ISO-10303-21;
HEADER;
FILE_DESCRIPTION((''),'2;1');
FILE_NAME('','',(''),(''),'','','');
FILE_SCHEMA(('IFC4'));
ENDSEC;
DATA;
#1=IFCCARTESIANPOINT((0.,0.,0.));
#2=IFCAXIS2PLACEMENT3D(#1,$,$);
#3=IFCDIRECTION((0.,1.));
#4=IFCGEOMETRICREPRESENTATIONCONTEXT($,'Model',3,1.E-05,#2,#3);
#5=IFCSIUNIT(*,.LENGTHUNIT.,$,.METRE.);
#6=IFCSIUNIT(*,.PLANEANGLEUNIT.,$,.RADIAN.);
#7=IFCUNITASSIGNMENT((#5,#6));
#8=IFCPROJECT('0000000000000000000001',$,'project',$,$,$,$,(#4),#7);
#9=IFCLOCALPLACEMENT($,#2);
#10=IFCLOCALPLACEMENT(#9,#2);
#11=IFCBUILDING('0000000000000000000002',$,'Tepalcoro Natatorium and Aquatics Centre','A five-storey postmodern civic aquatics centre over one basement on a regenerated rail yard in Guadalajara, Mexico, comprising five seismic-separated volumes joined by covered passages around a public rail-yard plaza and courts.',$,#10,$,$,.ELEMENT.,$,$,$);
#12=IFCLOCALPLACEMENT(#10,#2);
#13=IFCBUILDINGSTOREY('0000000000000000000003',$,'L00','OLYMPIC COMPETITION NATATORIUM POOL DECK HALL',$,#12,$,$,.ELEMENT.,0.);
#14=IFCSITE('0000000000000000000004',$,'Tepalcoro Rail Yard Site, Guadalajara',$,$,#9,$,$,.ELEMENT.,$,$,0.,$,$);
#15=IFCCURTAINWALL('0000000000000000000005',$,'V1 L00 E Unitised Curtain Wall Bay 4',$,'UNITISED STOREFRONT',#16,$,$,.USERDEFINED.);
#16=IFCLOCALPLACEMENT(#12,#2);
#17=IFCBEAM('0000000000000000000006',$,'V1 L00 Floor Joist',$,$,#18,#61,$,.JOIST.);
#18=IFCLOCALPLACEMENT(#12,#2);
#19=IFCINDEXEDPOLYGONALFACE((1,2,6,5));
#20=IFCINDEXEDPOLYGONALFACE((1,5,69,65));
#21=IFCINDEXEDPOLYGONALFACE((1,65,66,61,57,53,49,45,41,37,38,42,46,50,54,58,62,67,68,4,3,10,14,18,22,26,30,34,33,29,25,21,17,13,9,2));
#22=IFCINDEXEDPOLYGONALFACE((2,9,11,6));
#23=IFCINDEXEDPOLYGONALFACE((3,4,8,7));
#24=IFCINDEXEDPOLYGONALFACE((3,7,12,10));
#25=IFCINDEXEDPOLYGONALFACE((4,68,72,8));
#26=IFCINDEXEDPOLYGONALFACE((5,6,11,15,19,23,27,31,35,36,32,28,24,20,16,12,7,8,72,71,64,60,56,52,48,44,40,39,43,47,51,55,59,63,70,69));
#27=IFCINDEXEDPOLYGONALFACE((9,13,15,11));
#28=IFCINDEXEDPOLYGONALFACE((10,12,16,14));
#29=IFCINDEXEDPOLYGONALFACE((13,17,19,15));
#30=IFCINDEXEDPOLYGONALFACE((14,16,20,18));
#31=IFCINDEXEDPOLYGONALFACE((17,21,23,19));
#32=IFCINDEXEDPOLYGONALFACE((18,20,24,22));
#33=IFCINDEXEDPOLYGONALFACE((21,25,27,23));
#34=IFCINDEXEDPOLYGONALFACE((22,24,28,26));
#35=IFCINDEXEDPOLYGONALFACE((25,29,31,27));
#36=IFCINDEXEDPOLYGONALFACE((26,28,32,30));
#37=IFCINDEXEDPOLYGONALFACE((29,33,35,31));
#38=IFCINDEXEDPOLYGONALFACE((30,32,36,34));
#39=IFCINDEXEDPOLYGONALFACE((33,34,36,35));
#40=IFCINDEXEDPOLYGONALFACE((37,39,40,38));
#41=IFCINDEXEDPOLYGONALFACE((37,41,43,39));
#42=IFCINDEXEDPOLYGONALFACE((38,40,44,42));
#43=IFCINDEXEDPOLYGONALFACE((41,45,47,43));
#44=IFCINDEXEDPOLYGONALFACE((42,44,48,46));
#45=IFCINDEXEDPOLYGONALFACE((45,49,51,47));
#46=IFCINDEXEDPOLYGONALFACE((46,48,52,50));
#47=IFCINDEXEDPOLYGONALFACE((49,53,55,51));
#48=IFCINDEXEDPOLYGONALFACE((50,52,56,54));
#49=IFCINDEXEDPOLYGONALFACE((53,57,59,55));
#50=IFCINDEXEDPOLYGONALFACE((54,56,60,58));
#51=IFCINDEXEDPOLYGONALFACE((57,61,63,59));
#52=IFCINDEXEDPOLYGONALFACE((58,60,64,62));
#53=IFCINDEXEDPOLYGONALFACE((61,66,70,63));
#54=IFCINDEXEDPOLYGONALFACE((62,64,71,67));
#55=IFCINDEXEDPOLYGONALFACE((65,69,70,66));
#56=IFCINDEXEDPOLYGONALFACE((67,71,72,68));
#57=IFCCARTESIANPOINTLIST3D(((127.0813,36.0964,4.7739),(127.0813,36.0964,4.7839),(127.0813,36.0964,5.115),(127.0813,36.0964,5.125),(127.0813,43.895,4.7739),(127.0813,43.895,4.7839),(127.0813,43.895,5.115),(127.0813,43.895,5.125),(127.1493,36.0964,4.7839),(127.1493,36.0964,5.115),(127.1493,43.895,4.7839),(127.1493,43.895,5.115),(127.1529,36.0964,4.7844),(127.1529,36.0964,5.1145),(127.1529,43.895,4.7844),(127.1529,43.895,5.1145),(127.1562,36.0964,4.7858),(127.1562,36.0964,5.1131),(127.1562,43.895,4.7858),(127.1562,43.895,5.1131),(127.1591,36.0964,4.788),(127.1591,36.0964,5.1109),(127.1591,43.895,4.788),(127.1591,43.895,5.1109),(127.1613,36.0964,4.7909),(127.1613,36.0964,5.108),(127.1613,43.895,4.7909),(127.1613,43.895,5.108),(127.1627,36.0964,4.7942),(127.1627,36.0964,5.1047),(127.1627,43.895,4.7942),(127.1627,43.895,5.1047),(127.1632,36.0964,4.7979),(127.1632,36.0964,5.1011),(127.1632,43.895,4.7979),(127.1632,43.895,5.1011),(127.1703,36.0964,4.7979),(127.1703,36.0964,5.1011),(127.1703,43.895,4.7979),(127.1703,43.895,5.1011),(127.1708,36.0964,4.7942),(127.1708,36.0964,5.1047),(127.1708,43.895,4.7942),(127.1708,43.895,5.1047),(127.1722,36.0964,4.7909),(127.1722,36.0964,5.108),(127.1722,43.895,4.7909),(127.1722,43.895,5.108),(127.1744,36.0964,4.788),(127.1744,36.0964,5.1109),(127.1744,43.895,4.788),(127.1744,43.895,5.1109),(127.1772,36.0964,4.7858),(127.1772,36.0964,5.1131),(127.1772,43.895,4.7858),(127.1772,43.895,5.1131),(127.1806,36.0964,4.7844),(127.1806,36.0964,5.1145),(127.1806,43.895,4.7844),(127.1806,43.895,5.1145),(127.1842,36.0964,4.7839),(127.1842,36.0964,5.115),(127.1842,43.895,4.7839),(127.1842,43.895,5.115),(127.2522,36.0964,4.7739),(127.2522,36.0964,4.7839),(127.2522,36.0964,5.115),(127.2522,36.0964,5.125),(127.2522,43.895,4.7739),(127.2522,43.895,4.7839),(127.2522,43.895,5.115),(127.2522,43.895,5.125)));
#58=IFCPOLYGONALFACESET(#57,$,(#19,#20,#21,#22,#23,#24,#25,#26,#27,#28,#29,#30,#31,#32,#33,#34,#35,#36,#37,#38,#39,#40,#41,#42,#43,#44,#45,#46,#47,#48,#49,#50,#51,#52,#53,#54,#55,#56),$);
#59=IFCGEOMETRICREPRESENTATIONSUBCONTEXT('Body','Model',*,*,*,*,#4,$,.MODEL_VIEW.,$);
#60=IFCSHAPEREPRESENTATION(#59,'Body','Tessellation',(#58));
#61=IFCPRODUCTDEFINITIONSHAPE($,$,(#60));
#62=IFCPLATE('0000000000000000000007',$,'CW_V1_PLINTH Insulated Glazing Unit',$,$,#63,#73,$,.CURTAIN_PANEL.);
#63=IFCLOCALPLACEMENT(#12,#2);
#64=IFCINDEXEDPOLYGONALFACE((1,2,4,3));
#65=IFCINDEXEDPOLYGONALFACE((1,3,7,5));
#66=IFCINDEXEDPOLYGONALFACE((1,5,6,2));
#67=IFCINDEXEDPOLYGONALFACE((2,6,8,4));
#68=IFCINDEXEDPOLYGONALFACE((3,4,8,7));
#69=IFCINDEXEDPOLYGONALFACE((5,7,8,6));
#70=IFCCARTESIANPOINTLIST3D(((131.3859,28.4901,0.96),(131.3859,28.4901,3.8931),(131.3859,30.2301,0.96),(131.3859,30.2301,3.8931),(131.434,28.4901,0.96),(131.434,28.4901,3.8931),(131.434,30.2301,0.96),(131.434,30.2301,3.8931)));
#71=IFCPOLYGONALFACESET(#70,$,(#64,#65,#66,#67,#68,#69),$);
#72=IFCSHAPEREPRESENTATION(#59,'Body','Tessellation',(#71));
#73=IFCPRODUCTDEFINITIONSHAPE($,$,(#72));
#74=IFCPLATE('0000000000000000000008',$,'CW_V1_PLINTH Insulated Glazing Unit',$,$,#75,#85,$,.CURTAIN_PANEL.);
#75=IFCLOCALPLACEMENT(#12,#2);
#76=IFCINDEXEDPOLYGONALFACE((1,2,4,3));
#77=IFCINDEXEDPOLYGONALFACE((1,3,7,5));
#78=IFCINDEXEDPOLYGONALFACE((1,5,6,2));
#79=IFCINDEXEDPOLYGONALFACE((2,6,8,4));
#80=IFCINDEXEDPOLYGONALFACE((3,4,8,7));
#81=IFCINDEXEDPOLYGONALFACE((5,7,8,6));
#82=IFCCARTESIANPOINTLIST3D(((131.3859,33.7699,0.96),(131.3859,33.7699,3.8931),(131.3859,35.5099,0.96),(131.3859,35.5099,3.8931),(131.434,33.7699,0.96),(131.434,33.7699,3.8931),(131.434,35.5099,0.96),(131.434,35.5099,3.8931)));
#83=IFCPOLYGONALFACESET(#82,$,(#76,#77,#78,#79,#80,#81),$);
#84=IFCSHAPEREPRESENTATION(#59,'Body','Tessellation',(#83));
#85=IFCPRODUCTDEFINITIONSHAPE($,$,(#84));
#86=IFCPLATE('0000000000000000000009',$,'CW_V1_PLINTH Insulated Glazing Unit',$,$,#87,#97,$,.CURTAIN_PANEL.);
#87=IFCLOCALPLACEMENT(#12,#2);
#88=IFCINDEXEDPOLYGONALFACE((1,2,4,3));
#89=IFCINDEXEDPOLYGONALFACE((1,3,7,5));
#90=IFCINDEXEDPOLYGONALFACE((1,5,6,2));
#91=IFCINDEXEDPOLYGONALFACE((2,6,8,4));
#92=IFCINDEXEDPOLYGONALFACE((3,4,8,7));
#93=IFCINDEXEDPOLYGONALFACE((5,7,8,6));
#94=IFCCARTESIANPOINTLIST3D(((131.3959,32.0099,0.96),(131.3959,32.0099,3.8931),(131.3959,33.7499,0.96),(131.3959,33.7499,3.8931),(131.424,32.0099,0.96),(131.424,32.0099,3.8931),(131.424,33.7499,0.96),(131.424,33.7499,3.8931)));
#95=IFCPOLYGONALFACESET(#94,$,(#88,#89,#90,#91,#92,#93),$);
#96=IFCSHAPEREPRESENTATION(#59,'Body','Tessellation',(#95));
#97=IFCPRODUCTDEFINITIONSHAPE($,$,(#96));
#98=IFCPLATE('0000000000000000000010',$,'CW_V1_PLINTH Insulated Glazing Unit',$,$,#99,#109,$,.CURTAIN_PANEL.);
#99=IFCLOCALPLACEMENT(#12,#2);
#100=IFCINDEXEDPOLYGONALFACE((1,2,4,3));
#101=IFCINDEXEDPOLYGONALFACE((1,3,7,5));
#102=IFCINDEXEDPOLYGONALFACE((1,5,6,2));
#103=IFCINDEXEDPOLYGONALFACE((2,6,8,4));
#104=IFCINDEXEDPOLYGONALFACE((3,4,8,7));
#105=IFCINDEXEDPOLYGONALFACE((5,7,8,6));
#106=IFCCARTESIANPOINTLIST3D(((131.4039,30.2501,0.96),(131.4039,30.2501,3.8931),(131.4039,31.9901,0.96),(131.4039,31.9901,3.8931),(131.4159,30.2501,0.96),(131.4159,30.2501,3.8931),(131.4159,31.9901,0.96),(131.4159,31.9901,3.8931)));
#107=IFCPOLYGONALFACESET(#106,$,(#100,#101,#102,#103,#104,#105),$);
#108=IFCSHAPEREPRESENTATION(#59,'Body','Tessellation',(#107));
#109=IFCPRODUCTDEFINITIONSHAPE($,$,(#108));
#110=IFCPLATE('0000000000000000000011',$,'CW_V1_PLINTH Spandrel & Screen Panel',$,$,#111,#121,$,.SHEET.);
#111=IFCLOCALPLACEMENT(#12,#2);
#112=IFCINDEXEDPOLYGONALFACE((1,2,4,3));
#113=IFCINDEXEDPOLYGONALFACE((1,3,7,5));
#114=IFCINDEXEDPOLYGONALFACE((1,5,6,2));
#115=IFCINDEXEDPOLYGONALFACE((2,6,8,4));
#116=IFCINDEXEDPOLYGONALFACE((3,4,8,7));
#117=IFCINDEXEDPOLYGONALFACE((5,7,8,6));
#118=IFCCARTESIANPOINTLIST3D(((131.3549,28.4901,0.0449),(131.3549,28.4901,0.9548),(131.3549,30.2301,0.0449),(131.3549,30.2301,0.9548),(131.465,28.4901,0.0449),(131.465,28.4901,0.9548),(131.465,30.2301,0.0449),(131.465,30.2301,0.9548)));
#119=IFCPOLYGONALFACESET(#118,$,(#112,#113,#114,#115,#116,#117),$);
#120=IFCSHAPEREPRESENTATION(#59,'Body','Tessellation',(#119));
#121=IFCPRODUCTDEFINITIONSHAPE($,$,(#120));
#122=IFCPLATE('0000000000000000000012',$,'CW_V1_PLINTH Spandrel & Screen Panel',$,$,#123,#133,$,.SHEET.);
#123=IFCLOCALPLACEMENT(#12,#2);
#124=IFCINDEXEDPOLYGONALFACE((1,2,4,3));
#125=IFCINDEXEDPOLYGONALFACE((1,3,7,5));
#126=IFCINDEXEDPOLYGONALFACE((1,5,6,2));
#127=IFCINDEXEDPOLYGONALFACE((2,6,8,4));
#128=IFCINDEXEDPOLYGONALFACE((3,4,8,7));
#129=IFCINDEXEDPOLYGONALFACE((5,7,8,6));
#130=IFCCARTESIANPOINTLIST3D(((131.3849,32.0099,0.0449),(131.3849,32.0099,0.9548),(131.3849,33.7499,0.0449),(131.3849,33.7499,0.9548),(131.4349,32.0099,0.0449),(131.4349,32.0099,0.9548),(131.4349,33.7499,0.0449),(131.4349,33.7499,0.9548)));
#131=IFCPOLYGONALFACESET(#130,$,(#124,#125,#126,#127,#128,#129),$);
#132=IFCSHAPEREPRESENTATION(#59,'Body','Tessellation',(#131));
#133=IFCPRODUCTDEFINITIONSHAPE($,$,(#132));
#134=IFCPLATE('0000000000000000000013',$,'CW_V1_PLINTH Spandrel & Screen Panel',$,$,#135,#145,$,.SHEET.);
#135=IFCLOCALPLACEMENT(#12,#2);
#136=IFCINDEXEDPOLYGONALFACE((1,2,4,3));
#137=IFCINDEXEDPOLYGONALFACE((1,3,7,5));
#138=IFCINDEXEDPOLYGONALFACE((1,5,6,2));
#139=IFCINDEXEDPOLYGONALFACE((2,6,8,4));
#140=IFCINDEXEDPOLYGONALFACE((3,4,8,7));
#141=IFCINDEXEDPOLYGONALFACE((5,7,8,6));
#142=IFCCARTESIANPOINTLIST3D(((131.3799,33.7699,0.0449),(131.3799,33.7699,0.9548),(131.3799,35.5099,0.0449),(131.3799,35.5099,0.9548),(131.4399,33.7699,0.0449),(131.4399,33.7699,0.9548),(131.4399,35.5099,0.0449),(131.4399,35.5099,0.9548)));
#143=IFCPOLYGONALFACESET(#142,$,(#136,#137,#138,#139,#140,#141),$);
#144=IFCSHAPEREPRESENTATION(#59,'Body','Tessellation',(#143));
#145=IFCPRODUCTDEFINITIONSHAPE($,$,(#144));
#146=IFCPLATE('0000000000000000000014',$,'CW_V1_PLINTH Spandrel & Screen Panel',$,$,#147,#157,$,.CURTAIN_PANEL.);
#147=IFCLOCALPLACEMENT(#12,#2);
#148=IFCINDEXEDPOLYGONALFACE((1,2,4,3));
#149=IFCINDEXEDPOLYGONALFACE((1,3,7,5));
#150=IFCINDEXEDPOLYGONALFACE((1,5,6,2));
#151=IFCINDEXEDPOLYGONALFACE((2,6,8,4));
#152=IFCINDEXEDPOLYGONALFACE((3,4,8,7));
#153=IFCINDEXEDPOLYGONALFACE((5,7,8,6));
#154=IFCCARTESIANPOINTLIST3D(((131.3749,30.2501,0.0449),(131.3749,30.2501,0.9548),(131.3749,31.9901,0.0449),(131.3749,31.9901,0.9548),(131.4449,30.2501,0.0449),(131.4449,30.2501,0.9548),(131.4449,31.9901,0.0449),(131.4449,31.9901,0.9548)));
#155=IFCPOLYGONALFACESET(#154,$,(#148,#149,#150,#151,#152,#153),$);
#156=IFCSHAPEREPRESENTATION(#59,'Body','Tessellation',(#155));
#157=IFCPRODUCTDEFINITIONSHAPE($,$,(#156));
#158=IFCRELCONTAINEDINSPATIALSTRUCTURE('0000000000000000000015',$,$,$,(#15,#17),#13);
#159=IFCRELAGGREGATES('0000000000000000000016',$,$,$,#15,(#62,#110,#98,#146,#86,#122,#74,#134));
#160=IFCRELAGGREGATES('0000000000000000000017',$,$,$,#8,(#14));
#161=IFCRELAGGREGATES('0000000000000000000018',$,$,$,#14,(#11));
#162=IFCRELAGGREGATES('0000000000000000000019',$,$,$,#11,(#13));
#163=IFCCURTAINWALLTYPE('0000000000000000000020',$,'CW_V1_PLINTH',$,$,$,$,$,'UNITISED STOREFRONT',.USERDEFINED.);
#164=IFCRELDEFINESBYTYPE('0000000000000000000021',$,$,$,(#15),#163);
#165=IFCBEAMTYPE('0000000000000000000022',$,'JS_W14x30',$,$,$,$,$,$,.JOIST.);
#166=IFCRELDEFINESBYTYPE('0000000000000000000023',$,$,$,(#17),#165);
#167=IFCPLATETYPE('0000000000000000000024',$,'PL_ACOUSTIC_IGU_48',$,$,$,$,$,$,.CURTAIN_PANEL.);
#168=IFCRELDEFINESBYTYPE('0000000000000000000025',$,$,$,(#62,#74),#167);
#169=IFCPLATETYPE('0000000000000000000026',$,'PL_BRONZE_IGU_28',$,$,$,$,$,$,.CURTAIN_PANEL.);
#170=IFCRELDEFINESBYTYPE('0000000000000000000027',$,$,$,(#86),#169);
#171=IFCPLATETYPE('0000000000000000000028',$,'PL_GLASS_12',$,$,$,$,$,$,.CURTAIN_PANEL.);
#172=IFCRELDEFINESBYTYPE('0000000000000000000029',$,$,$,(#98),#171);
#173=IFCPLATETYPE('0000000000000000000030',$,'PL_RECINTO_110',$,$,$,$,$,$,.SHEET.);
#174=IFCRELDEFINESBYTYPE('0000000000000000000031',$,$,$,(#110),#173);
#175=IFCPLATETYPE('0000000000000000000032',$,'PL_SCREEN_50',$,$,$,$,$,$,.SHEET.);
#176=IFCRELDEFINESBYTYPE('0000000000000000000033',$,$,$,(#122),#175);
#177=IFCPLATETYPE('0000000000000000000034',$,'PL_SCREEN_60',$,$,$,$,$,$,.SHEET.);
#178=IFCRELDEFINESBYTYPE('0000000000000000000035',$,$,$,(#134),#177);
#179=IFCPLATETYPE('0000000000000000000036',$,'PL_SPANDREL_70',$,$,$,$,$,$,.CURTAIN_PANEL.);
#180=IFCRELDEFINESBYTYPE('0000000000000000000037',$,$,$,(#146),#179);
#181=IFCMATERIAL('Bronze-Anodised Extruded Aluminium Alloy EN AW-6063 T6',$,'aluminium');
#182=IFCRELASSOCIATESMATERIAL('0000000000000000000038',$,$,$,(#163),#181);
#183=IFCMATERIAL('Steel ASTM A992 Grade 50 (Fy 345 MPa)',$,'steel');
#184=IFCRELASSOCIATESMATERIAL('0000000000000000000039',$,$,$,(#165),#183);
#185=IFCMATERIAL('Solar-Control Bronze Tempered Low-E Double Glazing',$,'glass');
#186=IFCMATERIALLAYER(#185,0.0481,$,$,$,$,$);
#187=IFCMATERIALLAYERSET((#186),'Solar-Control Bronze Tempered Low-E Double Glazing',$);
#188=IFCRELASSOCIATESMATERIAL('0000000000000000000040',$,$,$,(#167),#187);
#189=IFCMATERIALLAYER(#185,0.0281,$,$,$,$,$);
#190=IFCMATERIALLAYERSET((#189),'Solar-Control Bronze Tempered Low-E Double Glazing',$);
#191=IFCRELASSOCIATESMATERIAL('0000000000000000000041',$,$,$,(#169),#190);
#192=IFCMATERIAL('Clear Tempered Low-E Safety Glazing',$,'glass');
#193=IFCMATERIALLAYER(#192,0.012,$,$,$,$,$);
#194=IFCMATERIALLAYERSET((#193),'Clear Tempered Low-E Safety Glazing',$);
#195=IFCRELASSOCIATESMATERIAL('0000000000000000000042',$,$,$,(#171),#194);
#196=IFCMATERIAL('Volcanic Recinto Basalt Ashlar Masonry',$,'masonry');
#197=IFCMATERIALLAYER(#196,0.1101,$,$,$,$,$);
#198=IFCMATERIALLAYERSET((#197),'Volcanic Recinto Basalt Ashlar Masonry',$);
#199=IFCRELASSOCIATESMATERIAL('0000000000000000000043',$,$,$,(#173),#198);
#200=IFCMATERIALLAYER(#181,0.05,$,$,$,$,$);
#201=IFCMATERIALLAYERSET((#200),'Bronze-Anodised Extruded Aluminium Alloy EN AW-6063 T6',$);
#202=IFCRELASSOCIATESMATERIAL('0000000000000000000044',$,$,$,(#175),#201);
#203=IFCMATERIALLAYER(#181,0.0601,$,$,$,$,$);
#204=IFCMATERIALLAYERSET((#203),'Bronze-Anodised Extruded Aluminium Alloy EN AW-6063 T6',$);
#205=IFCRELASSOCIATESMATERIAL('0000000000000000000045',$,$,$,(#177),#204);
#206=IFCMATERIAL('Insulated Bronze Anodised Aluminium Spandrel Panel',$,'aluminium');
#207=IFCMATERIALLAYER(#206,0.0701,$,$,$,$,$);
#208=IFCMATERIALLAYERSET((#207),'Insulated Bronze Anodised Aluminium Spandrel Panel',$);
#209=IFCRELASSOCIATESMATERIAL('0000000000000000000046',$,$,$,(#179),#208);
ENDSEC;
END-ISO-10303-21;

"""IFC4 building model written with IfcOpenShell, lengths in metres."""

from ifc_helpers import new_model, si_unit, direction, frame, origin, origin_2d, place, context, subcontext, project, spatial, rectangle, i_section, extrude, material, layer, layer_set, material_profile, profile_set, type_object, element, aggregate, save


model = new_model("IFC4")

# Units and contexts
model_context = context("Model", 3, precision=1e-05, world=origin(), true_north=direction((0.0, 1.0)))
body_context = subcontext(model_context, "Body", "Model", "MODEL_VIEW")
ifc_project = project(units=[si_unit("LENGTHUNIT", "METRE"), si_unit("PLANEANGLEUNIT", "RADIAN")], contexts=[model_context])

# Site, building, storey
site_placement = place(None, origin())
site = spatial("IfcSite", under=ifc_project, at=site_placement, Name="Tepalcoro Rail Yard Site, Guadalajara", CompositionType="ELEMENT", RefElevation=0.0)
building_placement = place(site_placement, origin())
building = spatial("IfcBuilding", under=site, at=building_placement, Name="Tepalcoro Natatorium and Aquatics Centre", Description="A five-storey postmodern civic aquatics centre over one basement on a regenerated rail yard in Guadalajara, Mexico, comprising five seismic-separated volumes joined by covered passages around a public rail-yard plaza and courts.", CompositionType="ELEMENT")
storey_placement = place(building_placement, origin())
storey = spatial("IfcBuildingStorey", under=building, at=storey_placement, Name="L00", Description="OLYMPIC COMPETITION NATATORIUM POOL DECK HALL", CompositionType="ELEMENT", Elevation=0.0)

# Shared definitions
ifc_material_1 = material(Name="Steel ASTM A992 Grade 50 (Fy 345 MPa)", Category="steel")

# Shared definitions
ifc_material_2 = material(Name="Bronze-Anodised Extruded Aluminium Alloy EN AW-6063 T6", Category="aluminium")

# Curtain wall
curtain_wall_type_1 = type_object("IfcCurtainWallType", Name="CW_V1_PLINTH", ElementType="UNITISED STOREFRONT", PredefinedType="USERDEFINED", material=ifc_material_2)
curtain_wall_1_placement = place(storey_placement, origin())
curtain_wall_1 = element("IfcCurtainWall", 1, at=curtain_wall_1_placement, inside=storey, type_object=curtain_wall_type_1, Name="V1 L00 E Unitised Curtain Wall Bay 4", ObjectType="UNITISED STOREFRONT", PredefinedType="USERDEFINED")

# Beam
ifc_material_profile_1 = material_profile(ifc_material_1, i_section(OverallWidth=0.1709, OverallDepth=0.3511, WebThickness=0.0071, FlangeThickness=0.01, FilletRadius=0.0139, at=origin_2d()), Name="W14X30")
ifc_profile_set_1 = profile_set([ifc_material_profile_1], Name="Steel ASTM A992 Grade 50 (Fy 345 MPa)")
beam_type_1 = type_object("IfcBeamType", Name="JS_W14x30", PredefinedType="JOIST", material=ifc_profile_set_1)
beam_1_placement = place(storey_placement, frame((127.1667, 36.0964, 4.9495), z_axis=(0.0, 1.0, 0.0), x_axis=(-1.0, 0.0, 0.0)))
element("IfcBeam", 2, at=beam_1_placement, inside=storey, type_object=beam_type_1, Name="V1 L00 Floor Joist", PredefinedType="JOIST", context=body_context, shape_type="SweptSolid", body=[
    extrude(i_section(OverallWidth=0.1709, OverallDepth=0.3511, WebThickness=0.0071, FlangeThickness=0.01, FilletRadius=0.0139, at=origin_2d()), origin(), (0.0, 0.0, 1.0), 7.7986),
])

# Plates
ifc_material_3 = material(Name="Solar-Control Bronze Tempered Low-E Double Glazing", Category="glass")
ifc_layer_1 = layer(ifc_material_3, 0.0481)
ifc_layer_set_1 = layer_set([ifc_layer_1], Name="Solar-Control Bronze Tempered Low-E Double Glazing")
plate_type_1 = type_object("IfcPlateType", Name="PL_ACOUSTIC_IGU_48", PredefinedType="CURTAIN_PANEL", material=ifc_layer_set_1)
plate_1_placement = place(storey_placement, frame((131.4099, 29.3601, 0.96), z_axis=(0.0, 0.0, 1.0), x_axis=(1.0, 0.0, 0.0)))
plate_1 = element("IfcPlate", 3, at=plate_1_placement, type_object=plate_type_1, Name="CW_V1_PLINTH Insulated Glazing Unit", PredefinedType="CURTAIN_PANEL", context=body_context, shape_type="SweptSolid", body=[
    extrude(rectangle(XDim=0.0481, YDim=1.74, at=origin_2d()), origin(), (0.0, 0.0, 1.0), 2.9331),
])
plate_2_placement = place(storey_placement, frame((131.4099, 34.6399, 0.96), z_axis=(0.0, 0.0, 1.0), x_axis=(1.0, 0.0, 0.0)))
plate_2 = element("IfcPlate", 4, at=plate_2_placement, type_object=plate_type_1, Name="CW_V1_PLINTH Insulated Glazing Unit", PredefinedType="CURTAIN_PANEL", context=body_context, shape_type="SweptSolid", body=[
    extrude(rectangle(XDim=0.0481, YDim=1.74, at=origin_2d()), origin(), (0.0, 0.0, 1.0), 2.9331),
])
ifc_layer_2 = layer(ifc_material_3, 0.0281)
ifc_layer_set_2 = layer_set([ifc_layer_2], Name="Solar-Control Bronze Tempered Low-E Double Glazing")
plate_type_2 = type_object("IfcPlateType", Name="PL_BRONZE_IGU_28", PredefinedType="CURTAIN_PANEL", material=ifc_layer_set_2)
plate_3_placement = place(storey_placement, frame((131.4099, 32.8799, 0.96), z_axis=(0.0, 0.0, 1.0), x_axis=(1.0, 0.0, 0.0)))
plate_3 = element("IfcPlate", 5, at=plate_3_placement, type_object=plate_type_2, Name="CW_V1_PLINTH Insulated Glazing Unit", PredefinedType="CURTAIN_PANEL", context=body_context, shape_type="SweptSolid", body=[
    extrude(rectangle(XDim=0.0281, YDim=1.74, at=origin_2d()), origin(), (0.0, 0.0, 1.0), 2.9331),
])
ifc_material_4 = material(Name="Clear Tempered Low-E Safety Glazing", Category="glass")
ifc_layer_3 = layer(ifc_material_4, 0.012)
ifc_layer_set_3 = layer_set([ifc_layer_3], Name="Clear Tempered Low-E Safety Glazing")
plate_type_3 = type_object("IfcPlateType", Name="PL_GLASS_12", PredefinedType="CURTAIN_PANEL", material=ifc_layer_set_3)
plate_4_placement = place(storey_placement, frame((131.4099, 31.1201, 0.96), z_axis=(0.0, 0.0, 1.0), x_axis=(1.0, 0.0, 0.0)))
plate_4 = element("IfcPlate", 6, at=plate_4_placement, type_object=plate_type_3, Name="CW_V1_PLINTH Insulated Glazing Unit", PredefinedType="CURTAIN_PANEL", context=body_context, shape_type="SweptSolid", body=[
    extrude(rectangle(XDim=0.012, YDim=1.74, at=origin_2d()), origin(), (0.0, 0.0, 1.0), 2.9331),
])
ifc_material_5 = material(Name="Volcanic Recinto Basalt Ashlar Masonry", Category="masonry")
ifc_layer_4 = layer(ifc_material_5, 0.1101)
ifc_layer_set_4 = layer_set([ifc_layer_4], Name="Volcanic Recinto Basalt Ashlar Masonry")
plate_type_4 = type_object("IfcPlateType", Name="PL_RECINTO_110", PredefinedType="SHEET", material=ifc_layer_set_4)
plate_5_placement = place(storey_placement, frame((131.4099, 29.3601, 0.0449), z_axis=(0.0, 0.0, 1.0), x_axis=(1.0, 0.0, 0.0)))
plate_5 = element("IfcPlate", 7, at=plate_5_placement, type_object=plate_type_4, Name="CW_V1_PLINTH Spandrel & Screen Panel", PredefinedType="SHEET", context=body_context, shape_type="SweptSolid", body=[
    extrude(rectangle(XDim=0.1101, YDim=1.74, at=origin_2d()), origin(), (0.0, 0.0, 1.0), 0.9099),
])
ifc_layer_5 = layer(ifc_material_2, 0.05)
ifc_layer_set_5 = layer_set([ifc_layer_5], Name="Bronze-Anodised Extruded Aluminium Alloy EN AW-6063 T6")
plate_type_5 = type_object("IfcPlateType", Name="PL_SCREEN_50", PredefinedType="SHEET", material=ifc_layer_set_5)
plate_6_placement = place(storey_placement, frame((131.4099, 32.8799, 0.0449), z_axis=(0.0, 0.0, 1.0), x_axis=(1.0, 0.0, 0.0)))
plate_6 = element("IfcPlate", 8, at=plate_6_placement, type_object=plate_type_5, Name="CW_V1_PLINTH Spandrel & Screen Panel", PredefinedType="SHEET", context=body_context, shape_type="SweptSolid", body=[
    extrude(rectangle(XDim=0.05, YDim=1.74, at=origin_2d()), origin(), (0.0, 0.0, 1.0), 0.9099),
])
ifc_layer_6 = layer(ifc_material_2, 0.0601)
ifc_layer_set_6 = layer_set([ifc_layer_6], Name="Bronze-Anodised Extruded Aluminium Alloy EN AW-6063 T6")
plate_type_6 = type_object("IfcPlateType", Name="PL_SCREEN_60", PredefinedType="SHEET", material=ifc_layer_set_6)
plate_7_placement = place(storey_placement, frame((131.4099, 34.6399, 0.0449), z_axis=(0.0, 0.0, 1.0), x_axis=(1.0, 0.0, 0.0)))
plate_7 = element("IfcPlate", 9, at=plate_7_placement, type_object=plate_type_6, Name="CW_V1_PLINTH Spandrel & Screen Panel", PredefinedType="SHEET", context=body_context, shape_type="SweptSolid", body=[
    extrude(rectangle(XDim=0.0601, YDim=1.74, at=origin_2d()), origin(), (0.0, 0.0, 1.0), 0.9099),
])
ifc_material_6 = material(Name="Insulated Bronze Anodised Aluminium Spandrel Panel", Category="aluminium")
ifc_layer_7 = layer(ifc_material_6, 0.0701)
ifc_layer_set_7 = layer_set([ifc_layer_7], Name="Insulated Bronze Anodised Aluminium Spandrel Panel")
plate_type_7 = type_object("IfcPlateType", Name="PL_SPANDREL_70", PredefinedType="CURTAIN_PANEL", material=ifc_layer_set_7)
plate_8_placement = place(storey_placement, frame((131.4099, 31.1201, 0.0449), z_axis=(0.0, 0.0, 1.0), x_axis=(1.0, 0.0, 0.0)))
plate_8 = element("IfcPlate", 10, at=plate_8_placement, type_object=plate_type_7, Name="CW_V1_PLINTH Spandrel & Screen Panel", PredefinedType="CURTAIN_PANEL", context=body_context, shape_type="SweptSolid", body=[
    extrude(rectangle(XDim=0.0701, YDim=1.74, at=origin_2d()), origin(), (0.0, 0.0, 1.0), 0.9099),
])
aggregate(curtain_wall_1, [plate_1, plate_5, plate_4, plate_8, plate_3, plate_6, plate_2, plate_7])

save(model, "model.ifc")
